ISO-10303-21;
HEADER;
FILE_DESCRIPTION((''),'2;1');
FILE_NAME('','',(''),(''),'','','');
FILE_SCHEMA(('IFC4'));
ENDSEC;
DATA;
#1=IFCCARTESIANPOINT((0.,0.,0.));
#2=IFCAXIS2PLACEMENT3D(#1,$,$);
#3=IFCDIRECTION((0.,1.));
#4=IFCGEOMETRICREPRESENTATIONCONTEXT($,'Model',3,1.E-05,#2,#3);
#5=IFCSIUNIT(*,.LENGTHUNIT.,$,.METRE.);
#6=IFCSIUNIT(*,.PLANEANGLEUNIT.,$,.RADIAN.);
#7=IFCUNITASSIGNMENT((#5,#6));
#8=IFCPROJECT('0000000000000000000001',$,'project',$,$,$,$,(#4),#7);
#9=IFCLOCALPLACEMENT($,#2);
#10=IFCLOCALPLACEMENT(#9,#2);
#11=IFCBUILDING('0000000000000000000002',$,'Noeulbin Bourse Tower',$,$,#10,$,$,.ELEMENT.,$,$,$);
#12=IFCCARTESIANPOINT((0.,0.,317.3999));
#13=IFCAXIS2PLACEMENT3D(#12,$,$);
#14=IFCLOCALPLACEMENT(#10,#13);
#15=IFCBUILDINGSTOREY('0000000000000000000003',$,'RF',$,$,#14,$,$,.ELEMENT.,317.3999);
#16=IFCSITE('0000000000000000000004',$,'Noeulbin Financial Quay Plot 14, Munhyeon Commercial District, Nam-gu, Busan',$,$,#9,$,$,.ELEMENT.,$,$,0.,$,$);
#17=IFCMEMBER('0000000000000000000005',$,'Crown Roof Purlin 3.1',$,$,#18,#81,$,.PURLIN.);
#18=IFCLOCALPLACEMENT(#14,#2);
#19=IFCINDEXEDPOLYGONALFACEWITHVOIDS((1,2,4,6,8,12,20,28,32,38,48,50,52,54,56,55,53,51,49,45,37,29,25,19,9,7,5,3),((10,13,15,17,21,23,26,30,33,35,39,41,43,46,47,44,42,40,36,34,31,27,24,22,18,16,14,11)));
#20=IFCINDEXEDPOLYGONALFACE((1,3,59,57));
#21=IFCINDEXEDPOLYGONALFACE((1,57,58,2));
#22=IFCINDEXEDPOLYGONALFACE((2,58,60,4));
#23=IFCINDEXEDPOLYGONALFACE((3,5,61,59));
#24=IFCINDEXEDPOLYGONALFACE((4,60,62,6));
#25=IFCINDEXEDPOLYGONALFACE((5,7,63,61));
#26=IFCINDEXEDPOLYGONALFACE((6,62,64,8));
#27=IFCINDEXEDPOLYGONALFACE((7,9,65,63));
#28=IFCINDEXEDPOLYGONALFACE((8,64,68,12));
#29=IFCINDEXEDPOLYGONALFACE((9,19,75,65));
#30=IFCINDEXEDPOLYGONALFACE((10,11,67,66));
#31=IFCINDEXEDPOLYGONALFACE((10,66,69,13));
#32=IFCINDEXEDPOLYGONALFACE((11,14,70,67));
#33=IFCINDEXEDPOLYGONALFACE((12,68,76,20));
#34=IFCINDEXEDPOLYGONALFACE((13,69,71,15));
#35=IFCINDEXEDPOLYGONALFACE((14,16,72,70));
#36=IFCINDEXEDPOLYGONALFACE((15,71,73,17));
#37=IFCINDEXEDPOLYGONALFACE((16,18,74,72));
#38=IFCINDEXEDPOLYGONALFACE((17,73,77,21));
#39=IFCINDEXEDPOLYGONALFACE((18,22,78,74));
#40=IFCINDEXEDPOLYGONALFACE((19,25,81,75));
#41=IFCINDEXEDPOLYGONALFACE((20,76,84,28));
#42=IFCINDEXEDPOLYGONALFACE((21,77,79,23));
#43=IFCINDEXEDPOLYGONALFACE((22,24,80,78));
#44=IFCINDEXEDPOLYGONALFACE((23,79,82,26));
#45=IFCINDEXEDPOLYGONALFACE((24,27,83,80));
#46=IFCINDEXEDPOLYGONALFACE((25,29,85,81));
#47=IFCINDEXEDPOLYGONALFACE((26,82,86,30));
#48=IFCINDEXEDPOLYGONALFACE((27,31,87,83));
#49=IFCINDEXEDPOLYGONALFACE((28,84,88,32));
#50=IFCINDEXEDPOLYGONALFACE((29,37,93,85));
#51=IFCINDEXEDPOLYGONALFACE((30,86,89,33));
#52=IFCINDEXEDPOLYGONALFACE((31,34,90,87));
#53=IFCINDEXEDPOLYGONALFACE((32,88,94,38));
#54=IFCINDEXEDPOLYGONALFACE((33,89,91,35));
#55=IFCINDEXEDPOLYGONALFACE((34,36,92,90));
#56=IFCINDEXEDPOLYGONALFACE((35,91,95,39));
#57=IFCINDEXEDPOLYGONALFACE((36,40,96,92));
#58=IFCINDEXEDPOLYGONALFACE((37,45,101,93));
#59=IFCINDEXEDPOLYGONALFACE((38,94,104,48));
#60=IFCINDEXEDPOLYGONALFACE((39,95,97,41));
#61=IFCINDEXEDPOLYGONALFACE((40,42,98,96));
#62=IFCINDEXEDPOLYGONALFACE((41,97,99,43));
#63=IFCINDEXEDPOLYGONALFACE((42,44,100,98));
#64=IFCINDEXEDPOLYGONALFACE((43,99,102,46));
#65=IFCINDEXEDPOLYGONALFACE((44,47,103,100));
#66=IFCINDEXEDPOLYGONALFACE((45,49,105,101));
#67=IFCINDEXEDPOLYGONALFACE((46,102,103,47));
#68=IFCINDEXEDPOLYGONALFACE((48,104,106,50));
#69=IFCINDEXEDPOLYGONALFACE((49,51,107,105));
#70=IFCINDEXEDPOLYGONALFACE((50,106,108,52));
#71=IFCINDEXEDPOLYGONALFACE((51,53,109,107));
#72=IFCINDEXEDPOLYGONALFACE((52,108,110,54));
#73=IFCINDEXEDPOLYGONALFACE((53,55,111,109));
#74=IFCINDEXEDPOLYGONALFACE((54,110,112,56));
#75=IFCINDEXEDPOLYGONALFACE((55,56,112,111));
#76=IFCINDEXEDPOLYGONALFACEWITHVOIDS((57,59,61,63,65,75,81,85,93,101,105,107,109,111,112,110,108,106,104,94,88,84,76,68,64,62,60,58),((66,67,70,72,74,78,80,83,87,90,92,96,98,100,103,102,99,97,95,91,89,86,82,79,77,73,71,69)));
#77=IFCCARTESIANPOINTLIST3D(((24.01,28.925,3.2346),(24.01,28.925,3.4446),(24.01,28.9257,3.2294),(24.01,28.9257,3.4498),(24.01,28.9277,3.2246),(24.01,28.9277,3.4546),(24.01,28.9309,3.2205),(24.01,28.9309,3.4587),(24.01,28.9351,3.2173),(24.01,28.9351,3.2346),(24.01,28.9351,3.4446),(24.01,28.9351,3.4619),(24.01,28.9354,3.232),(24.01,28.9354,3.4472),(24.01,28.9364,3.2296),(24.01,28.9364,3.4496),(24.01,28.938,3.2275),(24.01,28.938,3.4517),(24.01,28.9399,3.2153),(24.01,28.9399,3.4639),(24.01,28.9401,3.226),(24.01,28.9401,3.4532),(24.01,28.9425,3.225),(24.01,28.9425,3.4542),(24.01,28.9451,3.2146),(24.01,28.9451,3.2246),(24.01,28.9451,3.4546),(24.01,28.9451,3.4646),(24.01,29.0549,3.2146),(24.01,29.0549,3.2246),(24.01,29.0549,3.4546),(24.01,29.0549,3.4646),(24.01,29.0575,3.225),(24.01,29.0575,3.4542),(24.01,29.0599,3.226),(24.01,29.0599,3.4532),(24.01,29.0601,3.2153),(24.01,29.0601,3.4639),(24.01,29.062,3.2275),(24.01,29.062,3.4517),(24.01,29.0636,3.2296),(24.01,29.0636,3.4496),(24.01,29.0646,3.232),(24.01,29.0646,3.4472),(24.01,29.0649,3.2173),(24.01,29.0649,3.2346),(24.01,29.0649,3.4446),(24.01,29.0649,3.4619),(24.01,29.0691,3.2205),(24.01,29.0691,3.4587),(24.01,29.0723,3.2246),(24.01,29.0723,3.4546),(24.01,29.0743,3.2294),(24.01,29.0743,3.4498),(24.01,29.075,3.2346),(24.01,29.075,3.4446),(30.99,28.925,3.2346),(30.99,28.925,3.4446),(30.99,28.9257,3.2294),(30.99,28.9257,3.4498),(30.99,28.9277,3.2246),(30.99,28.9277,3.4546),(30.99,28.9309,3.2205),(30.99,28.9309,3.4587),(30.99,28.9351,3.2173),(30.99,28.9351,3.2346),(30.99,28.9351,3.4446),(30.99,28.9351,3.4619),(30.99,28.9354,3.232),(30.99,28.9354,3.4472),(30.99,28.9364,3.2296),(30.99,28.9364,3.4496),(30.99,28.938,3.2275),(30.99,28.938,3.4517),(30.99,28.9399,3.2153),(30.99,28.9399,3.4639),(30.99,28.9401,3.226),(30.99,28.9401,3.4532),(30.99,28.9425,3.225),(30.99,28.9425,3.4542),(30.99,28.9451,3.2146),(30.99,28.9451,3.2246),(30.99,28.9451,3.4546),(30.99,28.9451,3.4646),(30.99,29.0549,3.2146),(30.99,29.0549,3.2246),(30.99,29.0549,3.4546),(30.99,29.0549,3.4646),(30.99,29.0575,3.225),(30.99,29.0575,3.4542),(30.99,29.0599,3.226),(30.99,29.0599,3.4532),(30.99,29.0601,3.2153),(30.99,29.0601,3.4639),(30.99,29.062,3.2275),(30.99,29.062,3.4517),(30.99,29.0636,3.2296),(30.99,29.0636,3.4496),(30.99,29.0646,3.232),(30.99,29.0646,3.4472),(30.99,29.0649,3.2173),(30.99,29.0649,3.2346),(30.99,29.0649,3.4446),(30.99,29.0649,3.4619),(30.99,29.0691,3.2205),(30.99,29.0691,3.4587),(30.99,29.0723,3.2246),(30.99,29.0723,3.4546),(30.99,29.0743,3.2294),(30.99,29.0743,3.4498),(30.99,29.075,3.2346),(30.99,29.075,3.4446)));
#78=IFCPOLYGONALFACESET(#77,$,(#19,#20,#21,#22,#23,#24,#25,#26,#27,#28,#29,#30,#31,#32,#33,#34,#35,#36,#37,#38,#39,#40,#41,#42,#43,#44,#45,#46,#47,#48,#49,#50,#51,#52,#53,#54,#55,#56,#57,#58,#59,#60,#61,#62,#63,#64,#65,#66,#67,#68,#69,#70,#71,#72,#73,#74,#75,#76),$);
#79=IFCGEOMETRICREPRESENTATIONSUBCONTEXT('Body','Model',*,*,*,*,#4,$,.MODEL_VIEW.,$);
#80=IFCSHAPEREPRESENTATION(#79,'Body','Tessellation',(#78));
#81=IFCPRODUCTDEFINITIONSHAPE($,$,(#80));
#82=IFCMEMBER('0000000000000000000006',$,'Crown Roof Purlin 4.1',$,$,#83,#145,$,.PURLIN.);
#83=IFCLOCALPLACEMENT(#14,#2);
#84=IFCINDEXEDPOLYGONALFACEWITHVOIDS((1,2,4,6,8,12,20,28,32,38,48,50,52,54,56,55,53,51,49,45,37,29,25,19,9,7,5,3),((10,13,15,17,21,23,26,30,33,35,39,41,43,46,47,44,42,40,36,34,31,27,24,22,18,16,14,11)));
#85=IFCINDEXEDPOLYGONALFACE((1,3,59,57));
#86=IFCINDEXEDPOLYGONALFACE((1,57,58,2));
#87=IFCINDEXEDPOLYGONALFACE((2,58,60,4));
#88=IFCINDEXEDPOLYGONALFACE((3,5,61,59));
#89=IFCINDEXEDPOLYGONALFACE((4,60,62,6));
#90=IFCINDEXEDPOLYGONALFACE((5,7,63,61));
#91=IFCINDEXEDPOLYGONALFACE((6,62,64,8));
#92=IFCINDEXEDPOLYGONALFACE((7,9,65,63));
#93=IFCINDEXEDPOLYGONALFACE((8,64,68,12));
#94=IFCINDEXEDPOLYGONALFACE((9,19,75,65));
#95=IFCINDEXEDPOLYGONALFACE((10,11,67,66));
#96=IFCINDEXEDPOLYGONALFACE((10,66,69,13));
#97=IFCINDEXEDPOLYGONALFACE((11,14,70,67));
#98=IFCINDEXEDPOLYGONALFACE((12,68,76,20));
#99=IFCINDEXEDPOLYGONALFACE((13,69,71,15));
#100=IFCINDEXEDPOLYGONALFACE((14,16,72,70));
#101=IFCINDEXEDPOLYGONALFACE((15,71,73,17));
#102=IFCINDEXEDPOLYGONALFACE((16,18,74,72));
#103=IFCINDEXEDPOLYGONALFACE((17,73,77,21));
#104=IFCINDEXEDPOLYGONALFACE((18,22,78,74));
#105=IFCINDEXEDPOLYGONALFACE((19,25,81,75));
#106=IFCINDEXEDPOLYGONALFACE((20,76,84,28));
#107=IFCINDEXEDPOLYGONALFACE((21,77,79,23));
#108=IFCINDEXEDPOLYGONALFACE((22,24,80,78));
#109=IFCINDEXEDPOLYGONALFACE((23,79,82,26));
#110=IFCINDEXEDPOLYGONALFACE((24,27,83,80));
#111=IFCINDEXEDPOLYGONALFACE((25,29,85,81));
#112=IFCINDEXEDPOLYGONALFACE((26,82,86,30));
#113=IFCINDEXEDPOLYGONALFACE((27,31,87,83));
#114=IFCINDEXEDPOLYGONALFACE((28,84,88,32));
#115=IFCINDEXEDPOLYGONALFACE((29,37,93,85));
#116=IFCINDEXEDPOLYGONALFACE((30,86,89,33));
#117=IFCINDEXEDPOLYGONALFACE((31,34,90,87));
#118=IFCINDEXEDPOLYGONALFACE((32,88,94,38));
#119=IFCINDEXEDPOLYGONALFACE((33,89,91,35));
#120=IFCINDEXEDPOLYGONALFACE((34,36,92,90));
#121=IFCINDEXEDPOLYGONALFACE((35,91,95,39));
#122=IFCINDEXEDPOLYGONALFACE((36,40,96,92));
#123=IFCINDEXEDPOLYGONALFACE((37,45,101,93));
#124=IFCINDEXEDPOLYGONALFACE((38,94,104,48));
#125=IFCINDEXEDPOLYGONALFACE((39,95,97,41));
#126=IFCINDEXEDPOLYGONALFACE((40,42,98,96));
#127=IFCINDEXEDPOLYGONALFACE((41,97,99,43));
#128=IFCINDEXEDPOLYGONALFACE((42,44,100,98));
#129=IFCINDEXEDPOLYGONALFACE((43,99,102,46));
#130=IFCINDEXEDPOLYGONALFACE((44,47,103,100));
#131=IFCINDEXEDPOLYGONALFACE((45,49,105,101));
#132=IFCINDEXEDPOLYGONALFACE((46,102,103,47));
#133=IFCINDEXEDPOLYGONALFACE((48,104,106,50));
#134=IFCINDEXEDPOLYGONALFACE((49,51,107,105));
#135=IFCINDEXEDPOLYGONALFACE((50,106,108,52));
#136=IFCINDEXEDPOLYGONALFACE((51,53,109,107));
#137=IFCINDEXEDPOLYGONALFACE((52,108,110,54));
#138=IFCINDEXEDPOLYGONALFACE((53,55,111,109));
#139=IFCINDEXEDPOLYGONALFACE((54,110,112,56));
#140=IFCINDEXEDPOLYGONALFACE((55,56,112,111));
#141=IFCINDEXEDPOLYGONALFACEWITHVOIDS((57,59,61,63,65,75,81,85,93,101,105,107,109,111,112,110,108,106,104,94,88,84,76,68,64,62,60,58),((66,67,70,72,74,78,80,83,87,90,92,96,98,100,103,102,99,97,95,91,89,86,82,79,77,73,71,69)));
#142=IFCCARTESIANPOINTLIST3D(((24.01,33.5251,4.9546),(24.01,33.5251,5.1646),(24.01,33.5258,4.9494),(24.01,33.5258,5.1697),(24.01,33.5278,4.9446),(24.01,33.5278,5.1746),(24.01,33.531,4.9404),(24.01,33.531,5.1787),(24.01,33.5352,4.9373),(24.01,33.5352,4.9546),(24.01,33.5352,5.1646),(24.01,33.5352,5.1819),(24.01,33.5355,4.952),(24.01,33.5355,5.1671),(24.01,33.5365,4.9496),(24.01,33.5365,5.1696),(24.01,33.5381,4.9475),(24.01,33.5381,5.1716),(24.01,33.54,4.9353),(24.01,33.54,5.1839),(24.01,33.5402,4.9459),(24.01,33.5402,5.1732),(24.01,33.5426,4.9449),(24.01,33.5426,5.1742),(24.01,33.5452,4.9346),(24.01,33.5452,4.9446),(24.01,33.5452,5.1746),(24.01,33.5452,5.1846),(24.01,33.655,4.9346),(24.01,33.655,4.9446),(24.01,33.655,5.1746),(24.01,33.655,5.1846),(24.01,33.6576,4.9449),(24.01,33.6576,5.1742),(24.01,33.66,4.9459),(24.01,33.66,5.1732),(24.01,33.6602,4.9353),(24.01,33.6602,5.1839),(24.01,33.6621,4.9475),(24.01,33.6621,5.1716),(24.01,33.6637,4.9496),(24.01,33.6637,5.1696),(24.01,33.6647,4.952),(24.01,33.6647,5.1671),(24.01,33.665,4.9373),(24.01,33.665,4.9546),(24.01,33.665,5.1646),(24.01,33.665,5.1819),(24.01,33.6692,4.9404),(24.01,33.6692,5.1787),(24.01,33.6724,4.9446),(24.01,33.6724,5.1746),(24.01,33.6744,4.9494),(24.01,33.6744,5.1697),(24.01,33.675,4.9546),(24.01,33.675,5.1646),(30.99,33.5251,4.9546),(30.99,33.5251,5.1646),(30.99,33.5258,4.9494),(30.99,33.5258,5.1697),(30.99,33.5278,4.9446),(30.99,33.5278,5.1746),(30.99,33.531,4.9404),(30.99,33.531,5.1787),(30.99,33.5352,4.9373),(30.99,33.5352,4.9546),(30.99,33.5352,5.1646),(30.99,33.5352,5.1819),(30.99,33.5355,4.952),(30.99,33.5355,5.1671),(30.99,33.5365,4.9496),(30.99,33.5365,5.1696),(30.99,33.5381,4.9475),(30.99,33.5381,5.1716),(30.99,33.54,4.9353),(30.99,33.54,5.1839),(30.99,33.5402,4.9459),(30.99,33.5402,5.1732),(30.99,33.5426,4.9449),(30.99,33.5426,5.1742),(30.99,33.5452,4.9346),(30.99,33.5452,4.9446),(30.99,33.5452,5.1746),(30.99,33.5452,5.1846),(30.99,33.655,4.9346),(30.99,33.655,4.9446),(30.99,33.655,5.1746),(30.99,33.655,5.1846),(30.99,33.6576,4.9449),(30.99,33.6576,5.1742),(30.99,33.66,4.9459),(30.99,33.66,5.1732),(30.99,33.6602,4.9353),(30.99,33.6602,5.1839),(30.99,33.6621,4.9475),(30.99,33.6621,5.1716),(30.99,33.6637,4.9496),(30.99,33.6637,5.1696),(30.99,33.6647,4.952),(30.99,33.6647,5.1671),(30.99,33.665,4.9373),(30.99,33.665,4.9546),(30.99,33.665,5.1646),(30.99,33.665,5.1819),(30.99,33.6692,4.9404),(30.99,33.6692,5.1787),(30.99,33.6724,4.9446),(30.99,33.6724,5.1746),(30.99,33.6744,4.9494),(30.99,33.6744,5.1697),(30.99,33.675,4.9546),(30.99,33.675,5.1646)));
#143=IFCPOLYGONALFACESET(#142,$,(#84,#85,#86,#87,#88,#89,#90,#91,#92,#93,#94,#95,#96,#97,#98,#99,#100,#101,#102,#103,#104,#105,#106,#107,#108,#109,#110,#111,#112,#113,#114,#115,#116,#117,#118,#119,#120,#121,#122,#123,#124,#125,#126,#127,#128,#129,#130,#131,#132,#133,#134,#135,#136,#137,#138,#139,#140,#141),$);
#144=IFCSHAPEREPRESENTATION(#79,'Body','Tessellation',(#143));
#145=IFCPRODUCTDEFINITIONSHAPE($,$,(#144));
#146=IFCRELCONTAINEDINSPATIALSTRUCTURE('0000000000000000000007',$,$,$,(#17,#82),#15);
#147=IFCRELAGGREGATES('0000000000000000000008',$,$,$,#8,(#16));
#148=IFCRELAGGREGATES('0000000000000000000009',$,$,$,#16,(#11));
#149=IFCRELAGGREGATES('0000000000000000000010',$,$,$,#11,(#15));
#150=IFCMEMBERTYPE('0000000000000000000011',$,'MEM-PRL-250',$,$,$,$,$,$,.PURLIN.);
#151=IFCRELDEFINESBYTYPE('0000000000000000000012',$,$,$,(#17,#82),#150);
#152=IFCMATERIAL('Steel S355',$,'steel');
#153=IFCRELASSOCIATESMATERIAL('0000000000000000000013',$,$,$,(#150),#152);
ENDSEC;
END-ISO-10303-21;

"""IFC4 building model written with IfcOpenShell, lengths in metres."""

from ifc_helpers import new_model, si_unit, direction, frame, origin, origin_2d, place, context, subcontext, project, spatial, hollow_rectangle, extrude, material, material_profile, profile_set, type_object, element, save


model = new_model("IFC4")

# Units and contexts
model_context = context("Model", 3, precision=1e-05, world=origin(), true_north=direction((0.0, 1.0)))
body_context = subcontext(model_context, "Body", "Model", "MODEL_VIEW")
ifc_project = project(units=[si_unit("LENGTHUNIT", "METRE"), si_unit("PLANEANGLEUNIT", "RADIAN")], contexts=[model_context])

# Site, building, storey
site_placement = place(None, origin())
site = spatial("IfcSite", under=ifc_project, at=site_placement, Name="Noeulbin Financial Quay Plot 14, Munhyeon Commercial District, Nam-gu, Busan", CompositionType="ELEMENT", RefElevation=0.0)
building_placement = place(site_placement, origin())
building = spatial("IfcBuilding", under=site, at=building_placement, Name="Noeulbin Bourse Tower", CompositionType="ELEMENT")
storey_placement = place(building_placement, frame((0.0, 0.0, 317.3999)))
storey = spatial("IfcBuildingStorey", under=building, at=storey_placement, Name="RF", CompositionType="ELEMENT", Elevation=317.3999)

# Shared definitions
ifc_material_1 = material(Name="Steel S355", Category="steel")

# Members
ifc_material_profile_1 = material_profile(ifc_material_1, hollow_rectangle(XDim=0.1499, YDim=0.25, WallThickness=0.01, InnerFilletRadius=0.01, OuterFilletRadius=0.02, at=origin_2d()), Name="RHS-250x150x10", Category="LoadBearing")
ifc_profile_set_1 = profile_set([ifc_material_profile_1], Name="Steel S355")
member_type_1 = type_object("IfcMemberType", Name="MEM-PRL-250", PredefinedType="PURLIN", material=ifc_profile_set_1)
for number, where, z_axis, x_axis, name in (
    (1, (24.01, 29.0, 3.3396), (1.0, 0.0, 0.0), (0.0, 1.0, 0.0), "Crown Roof Purlin 3.1"),
    (2, (24.01, 33.6001, 5.0596), (1.0, 0.0, 0.0), (0.0, 1.0, 0.0), "Crown Roof Purlin 4.1"),
):
    element("IfcMember", number, at=place(storey_placement, frame(where, z_axis=z_axis, x_axis=x_axis)), inside=storey, type_object=member_type_1, Name=name, PredefinedType="PURLIN", context=body_context, shape_type="SweptSolid", body=[
        extrude(hollow_rectangle(XDim=0.1499, YDim=0.25, WallThickness=0.01, InnerFilletRadius=0.01, OuterFilletRadius=0.02, at=origin_2d()), origin(), (0.0, 0.0, 1.0), 6.98),
    ])

save(model, "model.ifc")
